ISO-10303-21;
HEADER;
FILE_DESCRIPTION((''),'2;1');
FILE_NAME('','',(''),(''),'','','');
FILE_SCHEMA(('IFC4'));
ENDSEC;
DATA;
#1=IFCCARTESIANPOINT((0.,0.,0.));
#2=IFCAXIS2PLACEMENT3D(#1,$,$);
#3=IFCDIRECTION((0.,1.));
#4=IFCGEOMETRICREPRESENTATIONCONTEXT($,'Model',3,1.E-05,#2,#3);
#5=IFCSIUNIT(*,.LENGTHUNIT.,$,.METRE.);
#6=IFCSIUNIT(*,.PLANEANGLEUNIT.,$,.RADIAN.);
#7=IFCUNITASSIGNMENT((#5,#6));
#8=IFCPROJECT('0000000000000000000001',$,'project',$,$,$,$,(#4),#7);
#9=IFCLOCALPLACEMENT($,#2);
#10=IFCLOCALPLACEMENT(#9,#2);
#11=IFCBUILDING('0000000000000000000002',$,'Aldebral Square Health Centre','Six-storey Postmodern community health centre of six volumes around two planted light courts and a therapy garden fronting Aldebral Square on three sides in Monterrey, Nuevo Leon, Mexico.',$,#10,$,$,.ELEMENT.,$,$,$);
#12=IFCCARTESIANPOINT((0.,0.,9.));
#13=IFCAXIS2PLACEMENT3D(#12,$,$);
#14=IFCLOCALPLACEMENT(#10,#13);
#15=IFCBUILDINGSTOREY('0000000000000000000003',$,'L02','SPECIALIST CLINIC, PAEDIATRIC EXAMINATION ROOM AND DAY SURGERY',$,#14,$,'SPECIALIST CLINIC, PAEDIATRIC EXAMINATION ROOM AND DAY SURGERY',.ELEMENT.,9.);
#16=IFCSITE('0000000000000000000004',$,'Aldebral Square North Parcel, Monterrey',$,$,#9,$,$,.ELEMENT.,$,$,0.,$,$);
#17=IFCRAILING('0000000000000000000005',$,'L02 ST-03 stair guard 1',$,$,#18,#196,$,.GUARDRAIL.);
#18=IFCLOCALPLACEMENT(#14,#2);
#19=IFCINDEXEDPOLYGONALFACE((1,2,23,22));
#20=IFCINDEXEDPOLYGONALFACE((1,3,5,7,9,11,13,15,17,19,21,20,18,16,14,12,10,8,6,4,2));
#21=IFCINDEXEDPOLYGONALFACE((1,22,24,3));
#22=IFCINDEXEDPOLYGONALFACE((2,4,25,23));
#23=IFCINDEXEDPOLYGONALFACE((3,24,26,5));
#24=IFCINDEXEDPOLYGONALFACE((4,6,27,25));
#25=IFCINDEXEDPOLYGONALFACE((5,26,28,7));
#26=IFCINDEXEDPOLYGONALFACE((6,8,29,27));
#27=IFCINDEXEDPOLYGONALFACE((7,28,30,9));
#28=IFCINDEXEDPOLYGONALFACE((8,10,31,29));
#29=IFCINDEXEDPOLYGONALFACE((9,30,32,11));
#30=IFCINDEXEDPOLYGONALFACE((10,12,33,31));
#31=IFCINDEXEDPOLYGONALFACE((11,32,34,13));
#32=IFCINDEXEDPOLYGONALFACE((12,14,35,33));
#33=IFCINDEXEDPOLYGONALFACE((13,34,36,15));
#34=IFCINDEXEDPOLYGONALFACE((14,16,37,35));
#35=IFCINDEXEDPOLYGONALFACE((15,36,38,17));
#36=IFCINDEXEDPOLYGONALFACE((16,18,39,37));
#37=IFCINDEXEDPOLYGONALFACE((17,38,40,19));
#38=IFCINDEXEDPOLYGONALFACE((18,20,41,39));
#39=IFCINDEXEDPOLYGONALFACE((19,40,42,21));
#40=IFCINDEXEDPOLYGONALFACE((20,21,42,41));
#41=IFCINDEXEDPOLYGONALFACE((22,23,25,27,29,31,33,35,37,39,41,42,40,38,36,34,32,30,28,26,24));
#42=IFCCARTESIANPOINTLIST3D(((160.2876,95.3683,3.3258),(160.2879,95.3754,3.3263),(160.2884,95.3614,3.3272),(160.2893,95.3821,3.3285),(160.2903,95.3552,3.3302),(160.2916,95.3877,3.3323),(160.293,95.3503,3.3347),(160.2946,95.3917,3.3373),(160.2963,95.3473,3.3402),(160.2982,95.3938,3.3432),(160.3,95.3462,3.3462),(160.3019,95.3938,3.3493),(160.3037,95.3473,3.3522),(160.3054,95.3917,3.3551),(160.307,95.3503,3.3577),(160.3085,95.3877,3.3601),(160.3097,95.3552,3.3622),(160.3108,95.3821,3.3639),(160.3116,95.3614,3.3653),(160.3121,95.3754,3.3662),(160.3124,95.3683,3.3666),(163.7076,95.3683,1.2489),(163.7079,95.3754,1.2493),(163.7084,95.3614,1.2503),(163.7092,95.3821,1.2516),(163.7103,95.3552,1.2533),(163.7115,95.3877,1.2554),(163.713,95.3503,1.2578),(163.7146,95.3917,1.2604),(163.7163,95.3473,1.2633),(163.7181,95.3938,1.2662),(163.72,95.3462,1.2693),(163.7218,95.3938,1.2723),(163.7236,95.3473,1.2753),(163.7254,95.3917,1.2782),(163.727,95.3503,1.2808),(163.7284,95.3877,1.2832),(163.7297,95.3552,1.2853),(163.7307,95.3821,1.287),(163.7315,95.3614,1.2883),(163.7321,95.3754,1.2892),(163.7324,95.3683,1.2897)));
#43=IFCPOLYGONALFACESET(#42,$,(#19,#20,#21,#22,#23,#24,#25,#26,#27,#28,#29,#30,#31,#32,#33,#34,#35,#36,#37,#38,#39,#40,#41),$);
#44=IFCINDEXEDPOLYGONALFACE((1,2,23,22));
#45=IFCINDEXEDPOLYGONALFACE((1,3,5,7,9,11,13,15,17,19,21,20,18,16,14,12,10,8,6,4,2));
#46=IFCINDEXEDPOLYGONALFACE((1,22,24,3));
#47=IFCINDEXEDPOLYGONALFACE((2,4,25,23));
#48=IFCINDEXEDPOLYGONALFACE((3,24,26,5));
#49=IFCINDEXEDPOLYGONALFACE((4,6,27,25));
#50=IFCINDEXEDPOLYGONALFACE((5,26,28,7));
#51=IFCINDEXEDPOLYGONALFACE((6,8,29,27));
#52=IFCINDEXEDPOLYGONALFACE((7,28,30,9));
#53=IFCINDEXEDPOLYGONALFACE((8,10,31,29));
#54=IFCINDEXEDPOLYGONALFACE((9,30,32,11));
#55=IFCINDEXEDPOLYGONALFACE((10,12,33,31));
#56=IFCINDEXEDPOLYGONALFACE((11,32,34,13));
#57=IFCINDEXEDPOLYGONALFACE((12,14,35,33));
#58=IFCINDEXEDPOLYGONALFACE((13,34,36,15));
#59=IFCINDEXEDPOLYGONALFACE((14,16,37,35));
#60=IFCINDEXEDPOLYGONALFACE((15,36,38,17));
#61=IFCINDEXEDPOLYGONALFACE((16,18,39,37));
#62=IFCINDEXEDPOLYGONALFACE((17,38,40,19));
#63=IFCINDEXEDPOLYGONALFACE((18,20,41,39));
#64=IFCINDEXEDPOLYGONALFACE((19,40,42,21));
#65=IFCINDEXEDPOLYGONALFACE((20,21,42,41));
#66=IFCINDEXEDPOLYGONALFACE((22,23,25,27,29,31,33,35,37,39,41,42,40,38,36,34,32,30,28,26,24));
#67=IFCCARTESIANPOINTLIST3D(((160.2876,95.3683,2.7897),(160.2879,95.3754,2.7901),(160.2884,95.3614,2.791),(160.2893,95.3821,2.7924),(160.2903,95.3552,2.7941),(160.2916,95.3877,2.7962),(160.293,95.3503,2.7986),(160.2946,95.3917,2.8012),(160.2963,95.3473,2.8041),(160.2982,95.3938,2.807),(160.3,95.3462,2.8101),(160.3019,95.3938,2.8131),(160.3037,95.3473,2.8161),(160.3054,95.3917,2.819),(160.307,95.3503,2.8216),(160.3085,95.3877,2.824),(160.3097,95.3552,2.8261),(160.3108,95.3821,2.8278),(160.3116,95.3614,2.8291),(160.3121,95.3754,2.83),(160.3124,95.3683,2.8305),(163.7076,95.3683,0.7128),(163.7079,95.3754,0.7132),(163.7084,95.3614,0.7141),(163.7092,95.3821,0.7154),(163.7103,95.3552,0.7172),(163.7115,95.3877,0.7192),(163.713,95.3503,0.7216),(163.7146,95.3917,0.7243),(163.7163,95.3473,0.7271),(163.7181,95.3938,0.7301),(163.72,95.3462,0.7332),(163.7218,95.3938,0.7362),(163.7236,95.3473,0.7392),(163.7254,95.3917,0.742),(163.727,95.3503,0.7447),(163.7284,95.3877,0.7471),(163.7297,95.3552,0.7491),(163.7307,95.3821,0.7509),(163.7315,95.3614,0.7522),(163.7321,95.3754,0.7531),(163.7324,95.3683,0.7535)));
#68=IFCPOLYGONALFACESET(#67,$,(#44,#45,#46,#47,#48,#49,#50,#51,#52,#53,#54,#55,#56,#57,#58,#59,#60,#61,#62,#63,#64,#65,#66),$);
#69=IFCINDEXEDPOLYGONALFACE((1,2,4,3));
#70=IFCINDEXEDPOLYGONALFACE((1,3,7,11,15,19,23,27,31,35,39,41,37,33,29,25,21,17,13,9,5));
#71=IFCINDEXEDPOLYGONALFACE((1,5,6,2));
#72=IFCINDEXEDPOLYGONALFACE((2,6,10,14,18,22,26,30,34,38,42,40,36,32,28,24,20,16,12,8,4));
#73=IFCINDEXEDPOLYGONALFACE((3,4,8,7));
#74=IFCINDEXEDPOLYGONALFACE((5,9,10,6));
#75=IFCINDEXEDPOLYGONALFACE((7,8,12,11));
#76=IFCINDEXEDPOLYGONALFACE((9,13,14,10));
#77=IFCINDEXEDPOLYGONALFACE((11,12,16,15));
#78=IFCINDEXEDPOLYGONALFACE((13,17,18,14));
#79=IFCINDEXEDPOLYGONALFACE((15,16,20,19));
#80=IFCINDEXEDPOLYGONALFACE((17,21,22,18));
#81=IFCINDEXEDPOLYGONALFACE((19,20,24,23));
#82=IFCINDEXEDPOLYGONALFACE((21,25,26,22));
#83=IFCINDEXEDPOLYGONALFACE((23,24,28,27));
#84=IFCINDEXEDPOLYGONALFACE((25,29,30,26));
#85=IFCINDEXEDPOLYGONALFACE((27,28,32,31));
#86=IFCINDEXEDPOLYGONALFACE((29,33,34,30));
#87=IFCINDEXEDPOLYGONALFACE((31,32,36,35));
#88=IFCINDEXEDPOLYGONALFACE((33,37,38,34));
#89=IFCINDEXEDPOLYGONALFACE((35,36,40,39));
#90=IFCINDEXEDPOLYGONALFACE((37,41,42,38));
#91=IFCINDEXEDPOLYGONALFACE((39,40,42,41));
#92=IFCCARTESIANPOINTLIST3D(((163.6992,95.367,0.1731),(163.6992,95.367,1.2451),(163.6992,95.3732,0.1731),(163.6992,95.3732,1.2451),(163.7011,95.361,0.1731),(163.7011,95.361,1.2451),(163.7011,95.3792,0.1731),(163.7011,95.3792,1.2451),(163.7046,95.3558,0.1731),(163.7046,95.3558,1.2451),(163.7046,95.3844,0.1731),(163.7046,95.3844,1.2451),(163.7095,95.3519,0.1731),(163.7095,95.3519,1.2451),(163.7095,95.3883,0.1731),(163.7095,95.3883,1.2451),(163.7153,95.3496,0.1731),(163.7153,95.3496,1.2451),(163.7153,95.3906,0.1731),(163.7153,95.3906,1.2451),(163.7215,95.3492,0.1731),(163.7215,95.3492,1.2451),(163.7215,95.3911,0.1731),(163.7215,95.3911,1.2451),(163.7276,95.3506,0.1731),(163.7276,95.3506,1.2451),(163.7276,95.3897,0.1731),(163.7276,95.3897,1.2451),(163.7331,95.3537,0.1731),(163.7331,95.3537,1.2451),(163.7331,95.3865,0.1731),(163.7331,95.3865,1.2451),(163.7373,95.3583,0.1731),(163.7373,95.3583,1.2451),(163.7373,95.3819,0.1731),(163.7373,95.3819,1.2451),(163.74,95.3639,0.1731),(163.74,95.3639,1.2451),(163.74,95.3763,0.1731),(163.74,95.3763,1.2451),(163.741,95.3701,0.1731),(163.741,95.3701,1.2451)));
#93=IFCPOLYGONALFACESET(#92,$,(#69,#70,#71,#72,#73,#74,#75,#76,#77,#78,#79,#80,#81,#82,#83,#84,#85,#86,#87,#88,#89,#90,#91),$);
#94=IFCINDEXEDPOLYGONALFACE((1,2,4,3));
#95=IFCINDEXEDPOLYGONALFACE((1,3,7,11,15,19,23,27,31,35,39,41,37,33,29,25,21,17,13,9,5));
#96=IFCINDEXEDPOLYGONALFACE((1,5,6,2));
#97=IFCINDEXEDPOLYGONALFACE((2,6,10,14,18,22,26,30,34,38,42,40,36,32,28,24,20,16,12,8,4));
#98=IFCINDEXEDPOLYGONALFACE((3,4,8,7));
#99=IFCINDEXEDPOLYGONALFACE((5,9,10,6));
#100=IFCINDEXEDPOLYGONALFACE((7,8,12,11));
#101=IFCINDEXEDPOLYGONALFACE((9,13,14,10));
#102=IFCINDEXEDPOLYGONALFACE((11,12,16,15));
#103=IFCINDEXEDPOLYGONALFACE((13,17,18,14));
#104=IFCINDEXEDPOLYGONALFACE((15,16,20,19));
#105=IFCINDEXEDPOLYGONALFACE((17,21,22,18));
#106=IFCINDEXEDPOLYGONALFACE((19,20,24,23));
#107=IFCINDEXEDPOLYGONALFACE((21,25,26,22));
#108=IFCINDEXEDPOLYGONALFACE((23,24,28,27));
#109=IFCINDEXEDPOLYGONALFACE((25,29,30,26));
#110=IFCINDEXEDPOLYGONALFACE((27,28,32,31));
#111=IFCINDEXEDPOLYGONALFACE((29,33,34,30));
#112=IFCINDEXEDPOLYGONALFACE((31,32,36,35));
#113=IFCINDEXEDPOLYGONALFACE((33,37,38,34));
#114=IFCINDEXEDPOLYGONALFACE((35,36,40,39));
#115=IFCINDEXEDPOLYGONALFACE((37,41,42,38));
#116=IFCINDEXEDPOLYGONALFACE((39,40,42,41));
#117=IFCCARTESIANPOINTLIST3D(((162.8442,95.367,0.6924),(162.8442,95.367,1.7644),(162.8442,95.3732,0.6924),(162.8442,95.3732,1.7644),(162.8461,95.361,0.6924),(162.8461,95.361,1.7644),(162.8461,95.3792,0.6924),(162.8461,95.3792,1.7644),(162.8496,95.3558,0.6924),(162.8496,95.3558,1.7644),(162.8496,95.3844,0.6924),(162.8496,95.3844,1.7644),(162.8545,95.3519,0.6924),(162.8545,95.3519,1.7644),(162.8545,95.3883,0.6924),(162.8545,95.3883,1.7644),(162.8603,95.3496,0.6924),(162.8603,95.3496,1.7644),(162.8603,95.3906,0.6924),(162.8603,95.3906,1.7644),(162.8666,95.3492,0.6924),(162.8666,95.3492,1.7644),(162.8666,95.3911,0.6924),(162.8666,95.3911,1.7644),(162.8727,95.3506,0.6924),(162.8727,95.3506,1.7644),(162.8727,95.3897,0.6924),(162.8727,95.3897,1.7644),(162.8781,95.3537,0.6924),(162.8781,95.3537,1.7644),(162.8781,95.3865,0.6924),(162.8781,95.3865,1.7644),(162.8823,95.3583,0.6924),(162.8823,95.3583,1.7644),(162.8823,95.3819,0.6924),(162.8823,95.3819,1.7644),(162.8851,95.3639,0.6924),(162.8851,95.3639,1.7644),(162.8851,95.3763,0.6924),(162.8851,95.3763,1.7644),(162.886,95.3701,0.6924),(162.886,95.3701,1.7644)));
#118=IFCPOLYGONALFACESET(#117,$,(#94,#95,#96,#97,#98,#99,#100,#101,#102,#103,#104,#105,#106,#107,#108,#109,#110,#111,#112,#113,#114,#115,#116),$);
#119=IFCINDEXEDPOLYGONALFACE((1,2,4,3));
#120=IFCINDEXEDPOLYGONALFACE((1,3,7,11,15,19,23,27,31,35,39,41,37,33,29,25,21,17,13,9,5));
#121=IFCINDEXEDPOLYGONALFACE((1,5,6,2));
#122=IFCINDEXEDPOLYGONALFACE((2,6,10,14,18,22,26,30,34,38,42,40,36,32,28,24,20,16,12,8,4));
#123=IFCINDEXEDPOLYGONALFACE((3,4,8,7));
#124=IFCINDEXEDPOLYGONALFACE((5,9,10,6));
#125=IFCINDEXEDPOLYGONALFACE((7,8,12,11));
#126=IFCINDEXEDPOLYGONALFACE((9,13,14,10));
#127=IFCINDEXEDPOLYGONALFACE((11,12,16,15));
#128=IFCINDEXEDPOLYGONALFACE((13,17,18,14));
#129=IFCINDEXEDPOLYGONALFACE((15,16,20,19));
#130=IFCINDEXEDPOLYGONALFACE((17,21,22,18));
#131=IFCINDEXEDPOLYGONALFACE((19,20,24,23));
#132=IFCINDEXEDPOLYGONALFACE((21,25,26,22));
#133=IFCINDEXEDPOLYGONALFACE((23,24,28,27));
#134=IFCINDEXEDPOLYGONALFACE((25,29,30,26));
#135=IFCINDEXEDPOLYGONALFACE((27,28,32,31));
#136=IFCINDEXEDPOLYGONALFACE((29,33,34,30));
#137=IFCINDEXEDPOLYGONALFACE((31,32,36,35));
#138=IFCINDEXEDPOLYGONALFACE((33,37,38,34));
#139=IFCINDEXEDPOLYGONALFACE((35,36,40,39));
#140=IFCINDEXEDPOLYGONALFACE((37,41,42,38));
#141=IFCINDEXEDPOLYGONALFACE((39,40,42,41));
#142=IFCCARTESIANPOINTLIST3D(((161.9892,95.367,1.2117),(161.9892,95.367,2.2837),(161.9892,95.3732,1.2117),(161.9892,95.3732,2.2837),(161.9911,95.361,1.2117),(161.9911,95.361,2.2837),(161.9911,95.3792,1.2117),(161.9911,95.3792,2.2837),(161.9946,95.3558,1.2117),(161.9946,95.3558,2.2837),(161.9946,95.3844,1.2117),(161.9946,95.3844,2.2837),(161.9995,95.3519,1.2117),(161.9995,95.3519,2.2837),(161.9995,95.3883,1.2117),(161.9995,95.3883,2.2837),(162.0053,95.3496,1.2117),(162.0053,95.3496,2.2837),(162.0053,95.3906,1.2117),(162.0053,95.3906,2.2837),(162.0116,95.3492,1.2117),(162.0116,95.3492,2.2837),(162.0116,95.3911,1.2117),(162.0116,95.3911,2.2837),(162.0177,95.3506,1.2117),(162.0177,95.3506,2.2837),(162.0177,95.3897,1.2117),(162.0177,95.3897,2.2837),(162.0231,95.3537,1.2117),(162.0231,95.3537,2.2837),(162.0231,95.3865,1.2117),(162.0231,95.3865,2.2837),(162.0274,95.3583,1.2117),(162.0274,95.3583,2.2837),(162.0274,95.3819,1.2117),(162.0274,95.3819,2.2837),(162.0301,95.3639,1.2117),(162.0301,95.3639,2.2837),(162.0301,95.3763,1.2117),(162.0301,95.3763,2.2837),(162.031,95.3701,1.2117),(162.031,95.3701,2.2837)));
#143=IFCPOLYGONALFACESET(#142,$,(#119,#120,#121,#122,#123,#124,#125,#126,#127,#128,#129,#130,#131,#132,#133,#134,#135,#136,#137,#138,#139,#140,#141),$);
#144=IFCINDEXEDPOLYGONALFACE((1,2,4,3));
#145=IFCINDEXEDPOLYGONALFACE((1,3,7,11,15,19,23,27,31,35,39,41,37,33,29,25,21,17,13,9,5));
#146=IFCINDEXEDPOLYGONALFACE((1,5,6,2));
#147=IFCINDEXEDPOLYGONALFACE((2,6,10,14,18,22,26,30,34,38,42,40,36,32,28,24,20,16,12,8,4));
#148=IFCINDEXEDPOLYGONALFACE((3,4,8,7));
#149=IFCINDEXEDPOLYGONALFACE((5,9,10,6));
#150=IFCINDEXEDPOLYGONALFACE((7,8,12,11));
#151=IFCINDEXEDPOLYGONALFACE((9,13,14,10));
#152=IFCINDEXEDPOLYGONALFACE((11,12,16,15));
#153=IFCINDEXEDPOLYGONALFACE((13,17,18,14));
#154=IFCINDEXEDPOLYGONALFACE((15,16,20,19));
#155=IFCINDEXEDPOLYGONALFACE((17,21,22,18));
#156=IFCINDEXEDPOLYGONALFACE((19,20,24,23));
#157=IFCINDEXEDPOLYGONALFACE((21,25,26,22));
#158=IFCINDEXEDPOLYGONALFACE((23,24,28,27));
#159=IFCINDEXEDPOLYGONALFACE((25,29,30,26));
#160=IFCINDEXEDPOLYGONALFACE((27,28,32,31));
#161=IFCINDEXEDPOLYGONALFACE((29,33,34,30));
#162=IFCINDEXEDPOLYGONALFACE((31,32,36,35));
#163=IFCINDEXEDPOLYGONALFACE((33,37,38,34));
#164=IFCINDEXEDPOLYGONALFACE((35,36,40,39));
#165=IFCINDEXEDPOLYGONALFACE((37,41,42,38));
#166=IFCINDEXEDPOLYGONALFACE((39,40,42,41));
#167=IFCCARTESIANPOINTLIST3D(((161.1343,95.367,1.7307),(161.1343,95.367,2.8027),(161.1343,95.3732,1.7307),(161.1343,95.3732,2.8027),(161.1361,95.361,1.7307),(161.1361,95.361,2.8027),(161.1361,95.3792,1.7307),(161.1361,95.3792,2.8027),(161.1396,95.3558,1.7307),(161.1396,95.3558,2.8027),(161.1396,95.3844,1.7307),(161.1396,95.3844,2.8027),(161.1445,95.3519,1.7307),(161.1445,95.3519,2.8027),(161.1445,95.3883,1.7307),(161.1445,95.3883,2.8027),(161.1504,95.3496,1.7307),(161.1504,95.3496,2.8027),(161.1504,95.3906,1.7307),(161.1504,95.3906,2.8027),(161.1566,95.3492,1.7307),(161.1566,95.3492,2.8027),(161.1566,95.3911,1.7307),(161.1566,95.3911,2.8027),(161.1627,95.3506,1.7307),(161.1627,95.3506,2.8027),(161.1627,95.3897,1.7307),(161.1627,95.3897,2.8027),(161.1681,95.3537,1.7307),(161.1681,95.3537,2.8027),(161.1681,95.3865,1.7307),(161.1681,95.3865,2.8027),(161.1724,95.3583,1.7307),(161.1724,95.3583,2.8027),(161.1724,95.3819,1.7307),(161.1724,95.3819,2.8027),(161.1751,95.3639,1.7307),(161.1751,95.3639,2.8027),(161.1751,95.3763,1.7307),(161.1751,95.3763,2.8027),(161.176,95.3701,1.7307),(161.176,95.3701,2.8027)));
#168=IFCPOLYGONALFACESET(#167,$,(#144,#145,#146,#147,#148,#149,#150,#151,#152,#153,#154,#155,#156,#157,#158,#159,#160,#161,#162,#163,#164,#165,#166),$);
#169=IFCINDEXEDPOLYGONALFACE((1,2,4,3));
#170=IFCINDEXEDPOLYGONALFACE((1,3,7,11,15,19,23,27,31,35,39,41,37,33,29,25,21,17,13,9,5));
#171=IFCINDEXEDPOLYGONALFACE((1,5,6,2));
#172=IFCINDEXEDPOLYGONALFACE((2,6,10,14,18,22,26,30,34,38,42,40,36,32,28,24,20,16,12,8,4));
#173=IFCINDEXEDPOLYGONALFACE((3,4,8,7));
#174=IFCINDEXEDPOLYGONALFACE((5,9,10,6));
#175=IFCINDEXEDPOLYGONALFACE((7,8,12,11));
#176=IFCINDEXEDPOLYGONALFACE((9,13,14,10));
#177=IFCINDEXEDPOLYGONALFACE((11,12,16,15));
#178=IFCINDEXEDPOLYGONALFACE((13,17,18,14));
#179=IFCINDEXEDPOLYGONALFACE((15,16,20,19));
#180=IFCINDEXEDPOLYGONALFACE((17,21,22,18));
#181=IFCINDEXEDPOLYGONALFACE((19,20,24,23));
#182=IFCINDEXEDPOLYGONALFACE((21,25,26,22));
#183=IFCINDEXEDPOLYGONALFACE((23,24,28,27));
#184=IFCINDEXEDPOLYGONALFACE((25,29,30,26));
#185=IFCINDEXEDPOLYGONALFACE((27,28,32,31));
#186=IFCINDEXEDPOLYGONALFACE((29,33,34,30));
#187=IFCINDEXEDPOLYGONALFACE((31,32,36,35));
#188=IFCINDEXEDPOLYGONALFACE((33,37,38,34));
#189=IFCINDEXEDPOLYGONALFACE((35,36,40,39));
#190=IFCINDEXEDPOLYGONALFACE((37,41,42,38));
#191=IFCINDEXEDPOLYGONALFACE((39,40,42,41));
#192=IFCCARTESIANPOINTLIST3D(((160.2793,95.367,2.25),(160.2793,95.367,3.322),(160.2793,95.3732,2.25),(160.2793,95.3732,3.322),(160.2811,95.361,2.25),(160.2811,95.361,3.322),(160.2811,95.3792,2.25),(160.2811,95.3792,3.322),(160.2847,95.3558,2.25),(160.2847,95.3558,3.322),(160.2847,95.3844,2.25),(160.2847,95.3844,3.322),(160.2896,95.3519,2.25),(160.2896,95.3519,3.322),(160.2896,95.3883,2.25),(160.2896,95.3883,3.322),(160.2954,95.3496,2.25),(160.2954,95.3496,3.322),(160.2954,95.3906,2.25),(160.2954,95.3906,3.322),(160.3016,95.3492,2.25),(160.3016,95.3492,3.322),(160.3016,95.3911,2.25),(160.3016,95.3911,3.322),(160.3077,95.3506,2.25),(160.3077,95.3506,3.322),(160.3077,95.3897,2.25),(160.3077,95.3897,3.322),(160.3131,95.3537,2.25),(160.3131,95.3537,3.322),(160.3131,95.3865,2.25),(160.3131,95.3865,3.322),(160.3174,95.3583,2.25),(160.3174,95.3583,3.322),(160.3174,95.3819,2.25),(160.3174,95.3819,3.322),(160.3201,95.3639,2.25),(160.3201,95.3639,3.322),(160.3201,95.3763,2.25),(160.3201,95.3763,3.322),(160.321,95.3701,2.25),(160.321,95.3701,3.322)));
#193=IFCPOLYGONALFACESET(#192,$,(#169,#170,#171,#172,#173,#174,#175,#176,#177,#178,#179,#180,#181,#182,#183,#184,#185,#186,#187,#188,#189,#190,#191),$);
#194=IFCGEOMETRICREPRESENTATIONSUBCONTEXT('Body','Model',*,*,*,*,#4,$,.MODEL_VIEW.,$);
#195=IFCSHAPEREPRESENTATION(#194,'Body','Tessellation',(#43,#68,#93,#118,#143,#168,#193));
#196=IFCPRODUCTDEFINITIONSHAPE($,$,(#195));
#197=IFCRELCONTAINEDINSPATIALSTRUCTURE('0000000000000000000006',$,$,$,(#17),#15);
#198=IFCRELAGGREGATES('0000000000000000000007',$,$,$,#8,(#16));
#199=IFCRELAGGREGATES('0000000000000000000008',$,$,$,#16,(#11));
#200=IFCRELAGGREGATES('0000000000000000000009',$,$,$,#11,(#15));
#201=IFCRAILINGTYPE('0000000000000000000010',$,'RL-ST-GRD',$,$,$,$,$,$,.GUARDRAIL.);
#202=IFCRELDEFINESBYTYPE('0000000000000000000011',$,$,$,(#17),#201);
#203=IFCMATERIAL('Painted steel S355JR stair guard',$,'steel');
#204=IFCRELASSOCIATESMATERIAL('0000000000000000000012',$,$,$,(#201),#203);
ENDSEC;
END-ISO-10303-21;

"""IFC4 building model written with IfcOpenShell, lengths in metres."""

from ifc_helpers import new_model, si_unit, direction, frame, origin, origin_2d, place, context, subcontext, project, spatial, circle, extrude, material, type_object, element, save


model = new_model("IFC4")

# Units and contexts
model_context = context("Model", 3, precision=1e-05, world=origin(), true_north=direction((0.0, 1.0)))
body_context = subcontext(model_context, "Body", "Model", "MODEL_VIEW")
ifc_project = project(units=[si_unit("LENGTHUNIT", "METRE"), si_unit("PLANEANGLEUNIT", "RADIAN")], contexts=[model_context])

# Site, building, storey
site_placement = place(None, origin())
site = spatial("IfcSite", under=ifc_project, at=site_placement, Name="Aldebral Square North Parcel, Monterrey", CompositionType="ELEMENT", RefElevation=0.0)
building_placement = place(site_placement, origin())
building = spatial("IfcBuilding", under=site, at=building_placement, Name="Aldebral Square Health Centre", Description="Six-storey Postmodern community health centre of six volumes around two planted light courts and a therapy garden fronting Aldebral Square on three sides in Monterrey, Nuevo Leon, Mexico.", CompositionType="ELEMENT")
storey_placement = place(building_placement, frame((0.0, 0.0, 9.0)))
storey = spatial("IfcBuildingStorey", under=building, at=storey_placement, Name="L02", Description="SPECIALIST CLINIC, PAEDIATRIC EXAMINATION ROOM AND DAY SURGERY", LongName="SPECIALIST CLINIC, PAEDIATRIC EXAMINATION ROOM AND DAY SURGERY", CompositionType="ELEMENT", Elevation=9.0)

# Railing
ifc_material_1 = material(Name="Painted steel S355JR stair guard", Category="steel")
railing_type_1 = type_object("IfcRailingType", Name="RL-ST-GRD", PredefinedType="GUARDRAIL", material=ifc_material_1)
railing_1_placement = place(storey_placement, frame((163.72, 95.3701, 0.1731)))
element("IfcRailing", 1, at=railing_1_placement, inside=storey, type_object=railing_type_1, Name="L02 ST-03 stair guard 1", PredefinedType="GUARDRAIL", context=body_context, shape_type="SweptSolid", body=[
    extrude(circle(Radius=0.0239, at=origin_2d()), frame((0.0, 0.0, 1.0962), z_axis=(-0.85473, 0.0, 0.519074), x_axis=(0.0, -1.0, 0.0)), (0.0, 0.0, 1.0), 4.0012),
    extrude(circle(Radius=0.0239, at=origin_2d()), frame((0.0, 0.0, 0.5601), z_axis=(-0.85473, 0.0, 0.519074), x_axis=(0.0, -1.0, 0.0)), (0.0, 0.0, 1.0), 4.0012),
    extrude(circle(Radius=0.021, at=origin_2d()), origin(), (0.0, 0.0, 1.0), 1.072),
    extrude(circle(Radius=0.021, at=origin_2d()), frame((-0.855, 0.0, 0.5193)), (0.0, 0.0, 1.0), 1.072),
    extrude(circle(Radius=0.021, at=origin_2d()), frame((-1.71, 0.0, 1.0386)), (0.0, 0.0, 1.0), 1.072),
    extrude(circle(Radius=0.021, at=origin_2d()), frame((-2.5649, 0.0, 1.5576)), (0.0, 0.0, 1.0), 1.072),
    extrude(circle(Radius=0.021, at=origin_2d()), frame((-3.4199, 0.0, 2.0769)), (0.0, 0.0, 1.0), 1.072),
])

save(model, "model.ifc")
